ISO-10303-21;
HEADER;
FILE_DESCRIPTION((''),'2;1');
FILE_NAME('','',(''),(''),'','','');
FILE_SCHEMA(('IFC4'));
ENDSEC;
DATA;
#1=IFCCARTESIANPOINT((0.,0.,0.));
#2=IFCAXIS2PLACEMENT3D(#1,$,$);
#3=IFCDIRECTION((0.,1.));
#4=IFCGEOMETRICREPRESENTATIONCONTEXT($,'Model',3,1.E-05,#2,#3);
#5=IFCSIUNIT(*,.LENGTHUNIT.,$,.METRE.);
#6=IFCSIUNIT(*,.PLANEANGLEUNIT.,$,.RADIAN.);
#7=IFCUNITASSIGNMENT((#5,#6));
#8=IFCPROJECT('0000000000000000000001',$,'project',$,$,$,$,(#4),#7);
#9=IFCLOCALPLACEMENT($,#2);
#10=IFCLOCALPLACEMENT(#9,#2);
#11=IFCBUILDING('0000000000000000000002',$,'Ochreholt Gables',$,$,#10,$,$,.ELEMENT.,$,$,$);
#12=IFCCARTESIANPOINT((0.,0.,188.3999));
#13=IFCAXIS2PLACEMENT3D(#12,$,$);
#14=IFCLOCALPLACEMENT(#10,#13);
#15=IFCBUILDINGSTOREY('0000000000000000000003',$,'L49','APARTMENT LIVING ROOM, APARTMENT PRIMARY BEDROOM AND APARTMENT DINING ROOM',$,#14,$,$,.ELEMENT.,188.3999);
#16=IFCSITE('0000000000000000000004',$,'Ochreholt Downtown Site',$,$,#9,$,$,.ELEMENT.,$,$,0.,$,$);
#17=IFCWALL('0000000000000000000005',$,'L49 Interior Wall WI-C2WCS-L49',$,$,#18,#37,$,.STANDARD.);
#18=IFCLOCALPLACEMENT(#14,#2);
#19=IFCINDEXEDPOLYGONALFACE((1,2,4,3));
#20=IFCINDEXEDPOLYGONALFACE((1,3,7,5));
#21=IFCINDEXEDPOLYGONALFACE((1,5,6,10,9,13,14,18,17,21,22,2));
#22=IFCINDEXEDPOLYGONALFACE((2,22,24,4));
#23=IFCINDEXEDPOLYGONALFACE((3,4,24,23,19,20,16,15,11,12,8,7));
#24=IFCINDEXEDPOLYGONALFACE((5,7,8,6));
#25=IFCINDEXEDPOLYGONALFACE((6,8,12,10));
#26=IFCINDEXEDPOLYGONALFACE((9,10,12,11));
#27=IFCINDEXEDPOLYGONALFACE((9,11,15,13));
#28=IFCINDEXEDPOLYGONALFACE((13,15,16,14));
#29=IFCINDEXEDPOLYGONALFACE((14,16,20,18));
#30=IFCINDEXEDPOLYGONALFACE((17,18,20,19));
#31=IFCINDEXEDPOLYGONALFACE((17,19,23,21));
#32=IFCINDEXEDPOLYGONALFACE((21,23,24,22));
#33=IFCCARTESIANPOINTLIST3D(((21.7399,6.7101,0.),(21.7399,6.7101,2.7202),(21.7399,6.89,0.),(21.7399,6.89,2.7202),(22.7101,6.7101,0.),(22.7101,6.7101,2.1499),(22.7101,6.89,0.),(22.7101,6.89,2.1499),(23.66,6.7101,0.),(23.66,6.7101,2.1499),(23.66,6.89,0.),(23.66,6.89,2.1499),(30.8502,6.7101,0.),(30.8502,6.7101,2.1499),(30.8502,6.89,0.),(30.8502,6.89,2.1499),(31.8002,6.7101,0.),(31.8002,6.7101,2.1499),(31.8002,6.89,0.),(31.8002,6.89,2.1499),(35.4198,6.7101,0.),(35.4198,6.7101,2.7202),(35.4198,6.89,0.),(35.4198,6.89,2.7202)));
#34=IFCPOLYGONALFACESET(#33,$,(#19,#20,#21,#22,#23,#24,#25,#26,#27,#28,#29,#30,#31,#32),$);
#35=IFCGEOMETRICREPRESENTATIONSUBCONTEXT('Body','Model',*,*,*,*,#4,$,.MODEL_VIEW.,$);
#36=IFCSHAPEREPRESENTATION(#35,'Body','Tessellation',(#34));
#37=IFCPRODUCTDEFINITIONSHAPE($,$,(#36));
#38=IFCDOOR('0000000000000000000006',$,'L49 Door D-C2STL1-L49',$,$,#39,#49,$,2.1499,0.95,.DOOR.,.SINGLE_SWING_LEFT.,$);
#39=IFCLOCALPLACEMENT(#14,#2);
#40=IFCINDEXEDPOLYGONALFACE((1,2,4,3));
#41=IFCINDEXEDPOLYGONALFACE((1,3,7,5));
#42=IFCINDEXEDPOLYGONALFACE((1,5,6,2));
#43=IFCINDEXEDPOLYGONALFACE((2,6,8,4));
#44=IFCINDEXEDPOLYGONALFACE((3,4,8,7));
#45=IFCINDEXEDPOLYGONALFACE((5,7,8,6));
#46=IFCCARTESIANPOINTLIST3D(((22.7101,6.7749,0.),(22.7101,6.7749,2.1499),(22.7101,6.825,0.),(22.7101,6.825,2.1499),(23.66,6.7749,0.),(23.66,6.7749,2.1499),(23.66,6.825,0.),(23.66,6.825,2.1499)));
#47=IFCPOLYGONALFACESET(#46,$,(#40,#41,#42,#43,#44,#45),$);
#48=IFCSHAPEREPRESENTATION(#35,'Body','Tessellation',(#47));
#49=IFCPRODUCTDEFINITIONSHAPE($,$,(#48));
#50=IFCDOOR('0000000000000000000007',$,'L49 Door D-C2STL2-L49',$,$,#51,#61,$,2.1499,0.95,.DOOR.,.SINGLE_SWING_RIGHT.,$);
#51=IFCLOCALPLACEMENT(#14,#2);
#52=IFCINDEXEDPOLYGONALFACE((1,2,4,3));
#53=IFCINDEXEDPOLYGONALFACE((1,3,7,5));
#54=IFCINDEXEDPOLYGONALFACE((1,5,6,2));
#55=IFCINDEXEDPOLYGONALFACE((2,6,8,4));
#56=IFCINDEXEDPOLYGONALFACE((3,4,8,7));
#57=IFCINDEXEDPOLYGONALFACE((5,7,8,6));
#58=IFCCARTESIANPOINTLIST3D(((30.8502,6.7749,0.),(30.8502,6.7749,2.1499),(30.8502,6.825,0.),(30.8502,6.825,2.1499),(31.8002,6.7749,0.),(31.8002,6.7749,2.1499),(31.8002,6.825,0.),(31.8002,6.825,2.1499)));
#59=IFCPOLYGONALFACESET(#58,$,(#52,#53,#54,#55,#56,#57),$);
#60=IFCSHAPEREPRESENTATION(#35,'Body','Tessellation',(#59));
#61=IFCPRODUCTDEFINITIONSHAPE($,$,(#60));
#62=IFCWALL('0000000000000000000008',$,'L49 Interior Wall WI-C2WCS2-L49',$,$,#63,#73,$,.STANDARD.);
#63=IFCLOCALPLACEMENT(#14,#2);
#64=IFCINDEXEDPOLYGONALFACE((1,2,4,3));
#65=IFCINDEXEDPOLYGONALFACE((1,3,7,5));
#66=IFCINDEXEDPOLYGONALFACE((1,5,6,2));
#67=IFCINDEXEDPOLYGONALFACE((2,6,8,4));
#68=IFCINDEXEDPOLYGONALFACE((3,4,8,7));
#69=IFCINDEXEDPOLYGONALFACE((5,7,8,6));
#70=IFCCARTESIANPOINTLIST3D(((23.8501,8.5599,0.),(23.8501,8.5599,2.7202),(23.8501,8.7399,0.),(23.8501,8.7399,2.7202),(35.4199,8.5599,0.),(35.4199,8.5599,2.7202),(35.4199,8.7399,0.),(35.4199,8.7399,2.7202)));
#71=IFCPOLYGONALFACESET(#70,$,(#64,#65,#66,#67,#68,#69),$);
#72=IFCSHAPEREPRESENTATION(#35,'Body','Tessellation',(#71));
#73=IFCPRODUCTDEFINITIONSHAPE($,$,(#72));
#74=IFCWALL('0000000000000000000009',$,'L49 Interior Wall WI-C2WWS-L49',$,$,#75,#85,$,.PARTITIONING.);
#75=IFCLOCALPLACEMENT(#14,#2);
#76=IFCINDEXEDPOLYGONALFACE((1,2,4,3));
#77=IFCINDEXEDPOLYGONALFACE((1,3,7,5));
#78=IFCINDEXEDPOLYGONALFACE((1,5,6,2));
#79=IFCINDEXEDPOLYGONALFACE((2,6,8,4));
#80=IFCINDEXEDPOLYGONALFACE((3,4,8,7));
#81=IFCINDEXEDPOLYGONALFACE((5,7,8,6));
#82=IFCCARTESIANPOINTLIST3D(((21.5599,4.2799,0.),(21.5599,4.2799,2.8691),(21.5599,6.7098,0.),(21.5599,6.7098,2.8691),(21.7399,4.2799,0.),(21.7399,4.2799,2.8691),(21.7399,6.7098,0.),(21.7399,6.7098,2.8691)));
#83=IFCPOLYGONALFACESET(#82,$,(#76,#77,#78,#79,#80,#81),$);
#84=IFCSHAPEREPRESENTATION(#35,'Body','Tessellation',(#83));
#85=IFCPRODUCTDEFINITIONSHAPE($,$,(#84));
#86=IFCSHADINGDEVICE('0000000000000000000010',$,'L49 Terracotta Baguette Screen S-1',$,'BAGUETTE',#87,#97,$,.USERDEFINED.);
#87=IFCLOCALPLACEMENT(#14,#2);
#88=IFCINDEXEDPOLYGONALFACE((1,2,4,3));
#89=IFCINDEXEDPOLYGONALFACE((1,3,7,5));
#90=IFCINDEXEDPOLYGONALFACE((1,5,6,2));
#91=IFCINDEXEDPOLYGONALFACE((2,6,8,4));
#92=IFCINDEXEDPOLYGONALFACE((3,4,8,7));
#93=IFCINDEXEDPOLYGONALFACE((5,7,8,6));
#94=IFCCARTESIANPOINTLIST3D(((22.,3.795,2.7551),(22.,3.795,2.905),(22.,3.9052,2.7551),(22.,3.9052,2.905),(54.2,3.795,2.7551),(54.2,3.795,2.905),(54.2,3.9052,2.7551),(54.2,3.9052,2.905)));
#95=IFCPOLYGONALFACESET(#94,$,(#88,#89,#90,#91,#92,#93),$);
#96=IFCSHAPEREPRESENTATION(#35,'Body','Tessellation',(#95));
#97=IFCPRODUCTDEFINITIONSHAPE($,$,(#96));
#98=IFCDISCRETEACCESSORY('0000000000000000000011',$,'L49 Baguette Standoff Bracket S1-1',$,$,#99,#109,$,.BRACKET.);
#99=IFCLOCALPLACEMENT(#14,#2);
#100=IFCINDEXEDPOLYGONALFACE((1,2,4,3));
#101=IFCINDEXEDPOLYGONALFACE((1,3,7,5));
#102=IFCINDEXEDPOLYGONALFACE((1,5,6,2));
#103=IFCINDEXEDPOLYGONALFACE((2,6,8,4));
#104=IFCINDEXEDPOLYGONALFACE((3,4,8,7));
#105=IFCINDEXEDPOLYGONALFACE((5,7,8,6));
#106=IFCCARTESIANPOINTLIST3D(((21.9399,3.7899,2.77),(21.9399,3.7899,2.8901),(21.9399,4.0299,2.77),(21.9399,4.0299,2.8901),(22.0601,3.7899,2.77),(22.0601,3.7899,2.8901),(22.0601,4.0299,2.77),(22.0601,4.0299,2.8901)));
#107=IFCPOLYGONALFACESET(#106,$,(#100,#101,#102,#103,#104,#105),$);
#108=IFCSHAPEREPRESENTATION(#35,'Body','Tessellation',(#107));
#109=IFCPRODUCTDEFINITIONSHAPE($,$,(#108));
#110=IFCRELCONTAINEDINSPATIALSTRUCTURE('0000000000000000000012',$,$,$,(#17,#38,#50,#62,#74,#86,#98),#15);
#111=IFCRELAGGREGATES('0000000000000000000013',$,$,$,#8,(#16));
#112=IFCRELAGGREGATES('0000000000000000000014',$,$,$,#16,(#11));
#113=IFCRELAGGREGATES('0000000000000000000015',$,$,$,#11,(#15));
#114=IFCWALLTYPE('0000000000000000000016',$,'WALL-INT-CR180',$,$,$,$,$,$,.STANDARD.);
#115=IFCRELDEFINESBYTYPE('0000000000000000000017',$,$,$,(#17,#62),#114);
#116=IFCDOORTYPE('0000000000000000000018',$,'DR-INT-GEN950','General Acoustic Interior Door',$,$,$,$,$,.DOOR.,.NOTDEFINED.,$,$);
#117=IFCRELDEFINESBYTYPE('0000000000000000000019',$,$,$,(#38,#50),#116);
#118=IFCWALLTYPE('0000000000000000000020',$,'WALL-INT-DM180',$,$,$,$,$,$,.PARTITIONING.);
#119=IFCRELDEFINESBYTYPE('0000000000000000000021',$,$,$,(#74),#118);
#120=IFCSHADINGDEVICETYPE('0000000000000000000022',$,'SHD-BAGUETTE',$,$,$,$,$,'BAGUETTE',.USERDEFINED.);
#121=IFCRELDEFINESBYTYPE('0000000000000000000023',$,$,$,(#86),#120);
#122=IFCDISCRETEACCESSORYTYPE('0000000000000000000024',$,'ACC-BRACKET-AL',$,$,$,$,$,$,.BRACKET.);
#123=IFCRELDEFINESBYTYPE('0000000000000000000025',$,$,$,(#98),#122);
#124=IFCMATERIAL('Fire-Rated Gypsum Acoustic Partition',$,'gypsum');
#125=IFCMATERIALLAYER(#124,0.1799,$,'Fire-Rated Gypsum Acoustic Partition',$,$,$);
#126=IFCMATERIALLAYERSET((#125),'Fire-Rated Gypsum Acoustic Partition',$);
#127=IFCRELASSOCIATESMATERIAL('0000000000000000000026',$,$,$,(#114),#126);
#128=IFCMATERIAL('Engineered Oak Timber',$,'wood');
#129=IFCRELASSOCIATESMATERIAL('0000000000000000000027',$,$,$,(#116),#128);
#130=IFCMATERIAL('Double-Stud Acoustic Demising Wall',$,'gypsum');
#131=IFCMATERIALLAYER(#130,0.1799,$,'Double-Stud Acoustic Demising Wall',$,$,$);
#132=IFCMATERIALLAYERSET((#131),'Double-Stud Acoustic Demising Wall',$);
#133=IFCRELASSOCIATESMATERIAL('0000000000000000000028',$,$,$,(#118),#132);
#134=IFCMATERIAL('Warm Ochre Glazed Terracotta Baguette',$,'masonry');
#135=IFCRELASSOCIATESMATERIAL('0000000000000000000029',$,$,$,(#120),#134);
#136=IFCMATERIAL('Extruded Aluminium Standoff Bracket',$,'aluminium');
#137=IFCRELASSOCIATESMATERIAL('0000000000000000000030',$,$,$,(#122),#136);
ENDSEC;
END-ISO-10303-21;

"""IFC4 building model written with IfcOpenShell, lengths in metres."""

from ifc_helpers import new_model, si_unit, direction, frame, frame_2d, origin, origin_2d, place, context, subcontext, project, spatial, rectangle, extrude, material, layer, layer_set, material_profile, profile_set, type_object, element, fill, save


model = new_model("IFC4")

# Units and contexts
model_context = context("Model", 3, precision=1e-05, world=origin(), true_north=direction((0.0, 1.0)))
body_context = subcontext(model_context, "Body", "Model", "MODEL_VIEW")
ifc_project = project(units=[si_unit("LENGTHUNIT", "METRE"), si_unit("PLANEANGLEUNIT", "RADIAN")], contexts=[model_context])

# Site, building, storey
site_placement = place(None, origin())
site = spatial("IfcSite", under=ifc_project, at=site_placement, Name="Ochreholt Downtown Site", CompositionType="ELEMENT", RefElevation=0.0)
building_placement = place(site_placement, origin())
building = spatial("IfcBuilding", under=site, at=building_placement, Name="Ochreholt Gables", CompositionType="ELEMENT")
storey_placement = place(building_placement, frame((0.0, 0.0, 188.3999)))
storey = spatial("IfcBuildingStorey", under=building, at=storey_placement, Name="L49", Description="APARTMENT LIVING ROOM, APARTMENT PRIMARY BEDROOM AND APARTMENT DINING ROOM", CompositionType="ELEMENT", Elevation=188.3999)

# Wall, openings, doors
ifc_material_1 = material(Name="Fire-Rated Gypsum Acoustic Partition", Category="gypsum")
ifc_layer_1 = layer(ifc_material_1, 0.1799, Name="Fire-Rated Gypsum Acoustic Partition")
ifc_layer_set_1 = layer_set([ifc_layer_1], Name="Fire-Rated Gypsum Acoustic Partition")
wall_type_1 = type_object("IfcWallType", Name="WALL-INT-CR180", PredefinedType="STANDARD", material=ifc_layer_set_1)
ifc_material_2 = material(Name="Engineered Oak Timber", Category="wood")
door_type = type_object("IfcDoorType", Name="DR-INT-GEN950", Description="General Acoustic Interior Door", OperationType="NOTDEFINED", PredefinedType="DOOR", material=ifc_material_2)
wall_1_placement = place(storey_placement, frame((21.74, 6.8, 0.0), z_axis=(0.0, 0.0, 1.0), x_axis=(1.0, 0.0, 0.0)))
wall_1 = element("IfcWall", 1, at=wall_1_placement, inside=storey, type_object=wall_type_1, Name="L49 Interior Wall WI-C2WCS-L49", PredefinedType="STANDARD", context=body_context, shape_type="SweptSolid", body=[
    extrude(rectangle(XDim=13.6799, YDim=0.1799, at=frame_2d((6.8398, 0.0))), origin(), (0.0, 0.0, 1.0), 2.7202),
])
opening_1_placement = place(wall_1_placement, frame((0.97, 0.0, 0.0)))
opening_1 = element("IfcOpeningElement", 2, at=opening_1_placement, cuts=wall_1, PredefinedType="OPENING", context=body_context, shape_type="SweptSolid", body=[
    extrude(rectangle(XDim=0.95, YDim=2.1499, at=frame_2d((0.4751, 1.075))), frame((0.0, 0.0999, 0.0), z_axis=(0.0, -1.0, 0.0), x_axis=(1.0, 0.0, 0.0)), (0.0, 0.0, 1.0), 0.2),
])
opening_2_placement = place(wall_1_placement, frame((9.1101, 0.0, 0.0)))
opening_2 = element("IfcOpeningElement", 3, at=opening_2_placement, cuts=wall_1, PredefinedType="OPENING", context=body_context, shape_type="SweptSolid", body=[
    extrude(rectangle(XDim=0.95, YDim=2.1499, at=frame_2d((0.4751, 1.075))), frame((0.0, 0.0999, 0.0), z_axis=(0.0, -1.0, 0.0), x_axis=(1.0, 0.0, 0.0)), (0.0, 0.0, 1.0), 0.2),
])
door_1_placement = place(opening_1_placement, origin())
door_1 = element("IfcDoor", 4, at=door_1_placement, inside=storey, type_object=door_type, Name="L49 Door D-C2STL1-L49", OperationType="SINGLE_SWING_LEFT", OverallHeight=2.1499, OverallWidth=0.95, PredefinedType="DOOR", context=body_context, shape_type="SweptSolid", body=[
    extrude(rectangle(XDim=0.95, YDim=2.1499, at=frame_2d((0.4751, 1.075))), frame((0.0, 0.0249, 0.0), z_axis=(0.0, -1.0, 0.0), x_axis=(1.0, 0.0, 0.0)), (0.0, 0.0, 1.0), 0.05),
])
fill(opening_1, door_1)
door_2_placement = place(opening_2_placement, origin())
door_2 = element("IfcDoor", 5, at=door_2_placement, inside=storey, type_object=door_type, Name="L49 Door D-C2STL2-L49", OperationType="SINGLE_SWING_RIGHT", OverallHeight=2.1499, OverallWidth=0.95, PredefinedType="DOOR", context=body_context, shape_type="SweptSolid", body=[
    extrude(rectangle(XDim=0.95, YDim=2.1499, at=frame_2d((0.4751, 1.075))), frame((0.0, 0.0249, 0.0), z_axis=(0.0, -1.0, 0.0), x_axis=(1.0, 0.0, 0.0)), (0.0, 0.0, 1.0), 0.05),
])
fill(opening_2, door_2)

# Walls
wall_2_placement = place(storey_placement, frame((23.8501, 8.6499, 0.0), z_axis=(0.0, 0.0, 1.0), x_axis=(1.0, 0.0, 0.0)))
element("IfcWall", 6, at=wall_2_placement, inside=storey, type_object=wall_type_1, Name="L49 Interior Wall WI-C2WCS2-L49", PredefinedType="STANDARD", context=body_context, shape_type="SweptSolid", body=[
    extrude(rectangle(XDim=11.5698, YDim=0.1799, at=frame_2d((5.7849, 0.0))), origin(), (0.0, 0.0, 1.0), 2.7202),
])
ifc_material_3 = material(Name="Double-Stud Acoustic Demising Wall", Category="gypsum")
ifc_layer_2 = layer(ifc_material_3, 0.1799, Name="Double-Stud Acoustic Demising Wall")
ifc_layer_set_2 = layer_set([ifc_layer_2], Name="Double-Stud Acoustic Demising Wall")
wall_type_2 = type_object("IfcWallType", Name="WALL-INT-DM180", PredefinedType="PARTITIONING", material=ifc_layer_set_2)
wall_3_placement = place(storey_placement, frame((21.6499, 4.28, 0.0), z_axis=(0.0, 0.0, 1.0), x_axis=(0.0, 1.0, 0.0)))
element("IfcWall", 7, at=wall_3_placement, inside=storey, type_object=wall_type_2, Name="L49 Interior Wall WI-C2WWS-L49", PredefinedType="PARTITIONING", context=body_context, shape_type="SweptSolid", body=[
    extrude(rectangle(XDim=2.4299, YDim=0.1799, at=frame_2d((1.2148, 0.0))), origin(), (0.0, 0.0, 1.0), 2.8691),
])

# Shading device
ifc_material_4 = material(Name="Warm Ochre Glazed Terracotta Baguette", Category="masonry")
ifc_material_profile_1 = material_profile(ifc_material_4, rectangle(XDim=0.1101, YDim=0.1499, at=origin_2d()), Name="TCBAG110X150")
ifc_profile_set_1 = profile_set([ifc_material_profile_1], Name="Warm Ochre Glazed Terracotta Baguette")
shading_device_type = type_object("IfcShadingDeviceType", Name="SHD-BAGUETTE", ElementType="BAGUETTE", PredefinedType="USERDEFINED", material=ifc_profile_set_1)
shading_device_placement = place(storey_placement, frame((22.0, 3.8501, 2.8301), z_axis=(1.0, 0.0, 0.0), x_axis=(0.0, 1.0, 0.0)))
element("IfcShadingDevice", 8, at=shading_device_placement, inside=storey, type_object=shading_device_type, Name="L49 Terracotta Baguette Screen S-1", ObjectType="BAGUETTE", PredefinedType="USERDEFINED", context=body_context, shape_type="SweptSolid", body=[
    extrude(rectangle(XDim=0.1101, YDim=0.1499, at=origin_2d()), origin(), (0.0, 0.0, 1.0), 32.2),
])

# Discrete accessory
ifc_material_5 = material(Name="Extruded Aluminium Standoff Bracket", Category="aluminium")
discrete_accessory_type = type_object("IfcDiscreteAccessoryType", Name="ACC-BRACKET-AL", PredefinedType="BRACKET", material=ifc_material_5)
discrete_accessory_placement = place(storey_placement, frame((22.0, 3.9099, 2.77), z_axis=(0.0, 0.0, 1.0), x_axis=(1.0, 0.0, 0.0)))
element("IfcDiscreteAccessory", 9, at=discrete_accessory_placement, inside=storey, type_object=discrete_accessory_type, Name="L49 Baguette Standoff Bracket S1-1", PredefinedType="BRACKET", context=body_context, shape_type="SweptSolid", body=[
    extrude(rectangle(XDim=0.1201, YDim=0.24, at=origin_2d()), origin(), (0.0, 0.0, 1.0), 0.1201),
])

save(model, "model.ifc")
